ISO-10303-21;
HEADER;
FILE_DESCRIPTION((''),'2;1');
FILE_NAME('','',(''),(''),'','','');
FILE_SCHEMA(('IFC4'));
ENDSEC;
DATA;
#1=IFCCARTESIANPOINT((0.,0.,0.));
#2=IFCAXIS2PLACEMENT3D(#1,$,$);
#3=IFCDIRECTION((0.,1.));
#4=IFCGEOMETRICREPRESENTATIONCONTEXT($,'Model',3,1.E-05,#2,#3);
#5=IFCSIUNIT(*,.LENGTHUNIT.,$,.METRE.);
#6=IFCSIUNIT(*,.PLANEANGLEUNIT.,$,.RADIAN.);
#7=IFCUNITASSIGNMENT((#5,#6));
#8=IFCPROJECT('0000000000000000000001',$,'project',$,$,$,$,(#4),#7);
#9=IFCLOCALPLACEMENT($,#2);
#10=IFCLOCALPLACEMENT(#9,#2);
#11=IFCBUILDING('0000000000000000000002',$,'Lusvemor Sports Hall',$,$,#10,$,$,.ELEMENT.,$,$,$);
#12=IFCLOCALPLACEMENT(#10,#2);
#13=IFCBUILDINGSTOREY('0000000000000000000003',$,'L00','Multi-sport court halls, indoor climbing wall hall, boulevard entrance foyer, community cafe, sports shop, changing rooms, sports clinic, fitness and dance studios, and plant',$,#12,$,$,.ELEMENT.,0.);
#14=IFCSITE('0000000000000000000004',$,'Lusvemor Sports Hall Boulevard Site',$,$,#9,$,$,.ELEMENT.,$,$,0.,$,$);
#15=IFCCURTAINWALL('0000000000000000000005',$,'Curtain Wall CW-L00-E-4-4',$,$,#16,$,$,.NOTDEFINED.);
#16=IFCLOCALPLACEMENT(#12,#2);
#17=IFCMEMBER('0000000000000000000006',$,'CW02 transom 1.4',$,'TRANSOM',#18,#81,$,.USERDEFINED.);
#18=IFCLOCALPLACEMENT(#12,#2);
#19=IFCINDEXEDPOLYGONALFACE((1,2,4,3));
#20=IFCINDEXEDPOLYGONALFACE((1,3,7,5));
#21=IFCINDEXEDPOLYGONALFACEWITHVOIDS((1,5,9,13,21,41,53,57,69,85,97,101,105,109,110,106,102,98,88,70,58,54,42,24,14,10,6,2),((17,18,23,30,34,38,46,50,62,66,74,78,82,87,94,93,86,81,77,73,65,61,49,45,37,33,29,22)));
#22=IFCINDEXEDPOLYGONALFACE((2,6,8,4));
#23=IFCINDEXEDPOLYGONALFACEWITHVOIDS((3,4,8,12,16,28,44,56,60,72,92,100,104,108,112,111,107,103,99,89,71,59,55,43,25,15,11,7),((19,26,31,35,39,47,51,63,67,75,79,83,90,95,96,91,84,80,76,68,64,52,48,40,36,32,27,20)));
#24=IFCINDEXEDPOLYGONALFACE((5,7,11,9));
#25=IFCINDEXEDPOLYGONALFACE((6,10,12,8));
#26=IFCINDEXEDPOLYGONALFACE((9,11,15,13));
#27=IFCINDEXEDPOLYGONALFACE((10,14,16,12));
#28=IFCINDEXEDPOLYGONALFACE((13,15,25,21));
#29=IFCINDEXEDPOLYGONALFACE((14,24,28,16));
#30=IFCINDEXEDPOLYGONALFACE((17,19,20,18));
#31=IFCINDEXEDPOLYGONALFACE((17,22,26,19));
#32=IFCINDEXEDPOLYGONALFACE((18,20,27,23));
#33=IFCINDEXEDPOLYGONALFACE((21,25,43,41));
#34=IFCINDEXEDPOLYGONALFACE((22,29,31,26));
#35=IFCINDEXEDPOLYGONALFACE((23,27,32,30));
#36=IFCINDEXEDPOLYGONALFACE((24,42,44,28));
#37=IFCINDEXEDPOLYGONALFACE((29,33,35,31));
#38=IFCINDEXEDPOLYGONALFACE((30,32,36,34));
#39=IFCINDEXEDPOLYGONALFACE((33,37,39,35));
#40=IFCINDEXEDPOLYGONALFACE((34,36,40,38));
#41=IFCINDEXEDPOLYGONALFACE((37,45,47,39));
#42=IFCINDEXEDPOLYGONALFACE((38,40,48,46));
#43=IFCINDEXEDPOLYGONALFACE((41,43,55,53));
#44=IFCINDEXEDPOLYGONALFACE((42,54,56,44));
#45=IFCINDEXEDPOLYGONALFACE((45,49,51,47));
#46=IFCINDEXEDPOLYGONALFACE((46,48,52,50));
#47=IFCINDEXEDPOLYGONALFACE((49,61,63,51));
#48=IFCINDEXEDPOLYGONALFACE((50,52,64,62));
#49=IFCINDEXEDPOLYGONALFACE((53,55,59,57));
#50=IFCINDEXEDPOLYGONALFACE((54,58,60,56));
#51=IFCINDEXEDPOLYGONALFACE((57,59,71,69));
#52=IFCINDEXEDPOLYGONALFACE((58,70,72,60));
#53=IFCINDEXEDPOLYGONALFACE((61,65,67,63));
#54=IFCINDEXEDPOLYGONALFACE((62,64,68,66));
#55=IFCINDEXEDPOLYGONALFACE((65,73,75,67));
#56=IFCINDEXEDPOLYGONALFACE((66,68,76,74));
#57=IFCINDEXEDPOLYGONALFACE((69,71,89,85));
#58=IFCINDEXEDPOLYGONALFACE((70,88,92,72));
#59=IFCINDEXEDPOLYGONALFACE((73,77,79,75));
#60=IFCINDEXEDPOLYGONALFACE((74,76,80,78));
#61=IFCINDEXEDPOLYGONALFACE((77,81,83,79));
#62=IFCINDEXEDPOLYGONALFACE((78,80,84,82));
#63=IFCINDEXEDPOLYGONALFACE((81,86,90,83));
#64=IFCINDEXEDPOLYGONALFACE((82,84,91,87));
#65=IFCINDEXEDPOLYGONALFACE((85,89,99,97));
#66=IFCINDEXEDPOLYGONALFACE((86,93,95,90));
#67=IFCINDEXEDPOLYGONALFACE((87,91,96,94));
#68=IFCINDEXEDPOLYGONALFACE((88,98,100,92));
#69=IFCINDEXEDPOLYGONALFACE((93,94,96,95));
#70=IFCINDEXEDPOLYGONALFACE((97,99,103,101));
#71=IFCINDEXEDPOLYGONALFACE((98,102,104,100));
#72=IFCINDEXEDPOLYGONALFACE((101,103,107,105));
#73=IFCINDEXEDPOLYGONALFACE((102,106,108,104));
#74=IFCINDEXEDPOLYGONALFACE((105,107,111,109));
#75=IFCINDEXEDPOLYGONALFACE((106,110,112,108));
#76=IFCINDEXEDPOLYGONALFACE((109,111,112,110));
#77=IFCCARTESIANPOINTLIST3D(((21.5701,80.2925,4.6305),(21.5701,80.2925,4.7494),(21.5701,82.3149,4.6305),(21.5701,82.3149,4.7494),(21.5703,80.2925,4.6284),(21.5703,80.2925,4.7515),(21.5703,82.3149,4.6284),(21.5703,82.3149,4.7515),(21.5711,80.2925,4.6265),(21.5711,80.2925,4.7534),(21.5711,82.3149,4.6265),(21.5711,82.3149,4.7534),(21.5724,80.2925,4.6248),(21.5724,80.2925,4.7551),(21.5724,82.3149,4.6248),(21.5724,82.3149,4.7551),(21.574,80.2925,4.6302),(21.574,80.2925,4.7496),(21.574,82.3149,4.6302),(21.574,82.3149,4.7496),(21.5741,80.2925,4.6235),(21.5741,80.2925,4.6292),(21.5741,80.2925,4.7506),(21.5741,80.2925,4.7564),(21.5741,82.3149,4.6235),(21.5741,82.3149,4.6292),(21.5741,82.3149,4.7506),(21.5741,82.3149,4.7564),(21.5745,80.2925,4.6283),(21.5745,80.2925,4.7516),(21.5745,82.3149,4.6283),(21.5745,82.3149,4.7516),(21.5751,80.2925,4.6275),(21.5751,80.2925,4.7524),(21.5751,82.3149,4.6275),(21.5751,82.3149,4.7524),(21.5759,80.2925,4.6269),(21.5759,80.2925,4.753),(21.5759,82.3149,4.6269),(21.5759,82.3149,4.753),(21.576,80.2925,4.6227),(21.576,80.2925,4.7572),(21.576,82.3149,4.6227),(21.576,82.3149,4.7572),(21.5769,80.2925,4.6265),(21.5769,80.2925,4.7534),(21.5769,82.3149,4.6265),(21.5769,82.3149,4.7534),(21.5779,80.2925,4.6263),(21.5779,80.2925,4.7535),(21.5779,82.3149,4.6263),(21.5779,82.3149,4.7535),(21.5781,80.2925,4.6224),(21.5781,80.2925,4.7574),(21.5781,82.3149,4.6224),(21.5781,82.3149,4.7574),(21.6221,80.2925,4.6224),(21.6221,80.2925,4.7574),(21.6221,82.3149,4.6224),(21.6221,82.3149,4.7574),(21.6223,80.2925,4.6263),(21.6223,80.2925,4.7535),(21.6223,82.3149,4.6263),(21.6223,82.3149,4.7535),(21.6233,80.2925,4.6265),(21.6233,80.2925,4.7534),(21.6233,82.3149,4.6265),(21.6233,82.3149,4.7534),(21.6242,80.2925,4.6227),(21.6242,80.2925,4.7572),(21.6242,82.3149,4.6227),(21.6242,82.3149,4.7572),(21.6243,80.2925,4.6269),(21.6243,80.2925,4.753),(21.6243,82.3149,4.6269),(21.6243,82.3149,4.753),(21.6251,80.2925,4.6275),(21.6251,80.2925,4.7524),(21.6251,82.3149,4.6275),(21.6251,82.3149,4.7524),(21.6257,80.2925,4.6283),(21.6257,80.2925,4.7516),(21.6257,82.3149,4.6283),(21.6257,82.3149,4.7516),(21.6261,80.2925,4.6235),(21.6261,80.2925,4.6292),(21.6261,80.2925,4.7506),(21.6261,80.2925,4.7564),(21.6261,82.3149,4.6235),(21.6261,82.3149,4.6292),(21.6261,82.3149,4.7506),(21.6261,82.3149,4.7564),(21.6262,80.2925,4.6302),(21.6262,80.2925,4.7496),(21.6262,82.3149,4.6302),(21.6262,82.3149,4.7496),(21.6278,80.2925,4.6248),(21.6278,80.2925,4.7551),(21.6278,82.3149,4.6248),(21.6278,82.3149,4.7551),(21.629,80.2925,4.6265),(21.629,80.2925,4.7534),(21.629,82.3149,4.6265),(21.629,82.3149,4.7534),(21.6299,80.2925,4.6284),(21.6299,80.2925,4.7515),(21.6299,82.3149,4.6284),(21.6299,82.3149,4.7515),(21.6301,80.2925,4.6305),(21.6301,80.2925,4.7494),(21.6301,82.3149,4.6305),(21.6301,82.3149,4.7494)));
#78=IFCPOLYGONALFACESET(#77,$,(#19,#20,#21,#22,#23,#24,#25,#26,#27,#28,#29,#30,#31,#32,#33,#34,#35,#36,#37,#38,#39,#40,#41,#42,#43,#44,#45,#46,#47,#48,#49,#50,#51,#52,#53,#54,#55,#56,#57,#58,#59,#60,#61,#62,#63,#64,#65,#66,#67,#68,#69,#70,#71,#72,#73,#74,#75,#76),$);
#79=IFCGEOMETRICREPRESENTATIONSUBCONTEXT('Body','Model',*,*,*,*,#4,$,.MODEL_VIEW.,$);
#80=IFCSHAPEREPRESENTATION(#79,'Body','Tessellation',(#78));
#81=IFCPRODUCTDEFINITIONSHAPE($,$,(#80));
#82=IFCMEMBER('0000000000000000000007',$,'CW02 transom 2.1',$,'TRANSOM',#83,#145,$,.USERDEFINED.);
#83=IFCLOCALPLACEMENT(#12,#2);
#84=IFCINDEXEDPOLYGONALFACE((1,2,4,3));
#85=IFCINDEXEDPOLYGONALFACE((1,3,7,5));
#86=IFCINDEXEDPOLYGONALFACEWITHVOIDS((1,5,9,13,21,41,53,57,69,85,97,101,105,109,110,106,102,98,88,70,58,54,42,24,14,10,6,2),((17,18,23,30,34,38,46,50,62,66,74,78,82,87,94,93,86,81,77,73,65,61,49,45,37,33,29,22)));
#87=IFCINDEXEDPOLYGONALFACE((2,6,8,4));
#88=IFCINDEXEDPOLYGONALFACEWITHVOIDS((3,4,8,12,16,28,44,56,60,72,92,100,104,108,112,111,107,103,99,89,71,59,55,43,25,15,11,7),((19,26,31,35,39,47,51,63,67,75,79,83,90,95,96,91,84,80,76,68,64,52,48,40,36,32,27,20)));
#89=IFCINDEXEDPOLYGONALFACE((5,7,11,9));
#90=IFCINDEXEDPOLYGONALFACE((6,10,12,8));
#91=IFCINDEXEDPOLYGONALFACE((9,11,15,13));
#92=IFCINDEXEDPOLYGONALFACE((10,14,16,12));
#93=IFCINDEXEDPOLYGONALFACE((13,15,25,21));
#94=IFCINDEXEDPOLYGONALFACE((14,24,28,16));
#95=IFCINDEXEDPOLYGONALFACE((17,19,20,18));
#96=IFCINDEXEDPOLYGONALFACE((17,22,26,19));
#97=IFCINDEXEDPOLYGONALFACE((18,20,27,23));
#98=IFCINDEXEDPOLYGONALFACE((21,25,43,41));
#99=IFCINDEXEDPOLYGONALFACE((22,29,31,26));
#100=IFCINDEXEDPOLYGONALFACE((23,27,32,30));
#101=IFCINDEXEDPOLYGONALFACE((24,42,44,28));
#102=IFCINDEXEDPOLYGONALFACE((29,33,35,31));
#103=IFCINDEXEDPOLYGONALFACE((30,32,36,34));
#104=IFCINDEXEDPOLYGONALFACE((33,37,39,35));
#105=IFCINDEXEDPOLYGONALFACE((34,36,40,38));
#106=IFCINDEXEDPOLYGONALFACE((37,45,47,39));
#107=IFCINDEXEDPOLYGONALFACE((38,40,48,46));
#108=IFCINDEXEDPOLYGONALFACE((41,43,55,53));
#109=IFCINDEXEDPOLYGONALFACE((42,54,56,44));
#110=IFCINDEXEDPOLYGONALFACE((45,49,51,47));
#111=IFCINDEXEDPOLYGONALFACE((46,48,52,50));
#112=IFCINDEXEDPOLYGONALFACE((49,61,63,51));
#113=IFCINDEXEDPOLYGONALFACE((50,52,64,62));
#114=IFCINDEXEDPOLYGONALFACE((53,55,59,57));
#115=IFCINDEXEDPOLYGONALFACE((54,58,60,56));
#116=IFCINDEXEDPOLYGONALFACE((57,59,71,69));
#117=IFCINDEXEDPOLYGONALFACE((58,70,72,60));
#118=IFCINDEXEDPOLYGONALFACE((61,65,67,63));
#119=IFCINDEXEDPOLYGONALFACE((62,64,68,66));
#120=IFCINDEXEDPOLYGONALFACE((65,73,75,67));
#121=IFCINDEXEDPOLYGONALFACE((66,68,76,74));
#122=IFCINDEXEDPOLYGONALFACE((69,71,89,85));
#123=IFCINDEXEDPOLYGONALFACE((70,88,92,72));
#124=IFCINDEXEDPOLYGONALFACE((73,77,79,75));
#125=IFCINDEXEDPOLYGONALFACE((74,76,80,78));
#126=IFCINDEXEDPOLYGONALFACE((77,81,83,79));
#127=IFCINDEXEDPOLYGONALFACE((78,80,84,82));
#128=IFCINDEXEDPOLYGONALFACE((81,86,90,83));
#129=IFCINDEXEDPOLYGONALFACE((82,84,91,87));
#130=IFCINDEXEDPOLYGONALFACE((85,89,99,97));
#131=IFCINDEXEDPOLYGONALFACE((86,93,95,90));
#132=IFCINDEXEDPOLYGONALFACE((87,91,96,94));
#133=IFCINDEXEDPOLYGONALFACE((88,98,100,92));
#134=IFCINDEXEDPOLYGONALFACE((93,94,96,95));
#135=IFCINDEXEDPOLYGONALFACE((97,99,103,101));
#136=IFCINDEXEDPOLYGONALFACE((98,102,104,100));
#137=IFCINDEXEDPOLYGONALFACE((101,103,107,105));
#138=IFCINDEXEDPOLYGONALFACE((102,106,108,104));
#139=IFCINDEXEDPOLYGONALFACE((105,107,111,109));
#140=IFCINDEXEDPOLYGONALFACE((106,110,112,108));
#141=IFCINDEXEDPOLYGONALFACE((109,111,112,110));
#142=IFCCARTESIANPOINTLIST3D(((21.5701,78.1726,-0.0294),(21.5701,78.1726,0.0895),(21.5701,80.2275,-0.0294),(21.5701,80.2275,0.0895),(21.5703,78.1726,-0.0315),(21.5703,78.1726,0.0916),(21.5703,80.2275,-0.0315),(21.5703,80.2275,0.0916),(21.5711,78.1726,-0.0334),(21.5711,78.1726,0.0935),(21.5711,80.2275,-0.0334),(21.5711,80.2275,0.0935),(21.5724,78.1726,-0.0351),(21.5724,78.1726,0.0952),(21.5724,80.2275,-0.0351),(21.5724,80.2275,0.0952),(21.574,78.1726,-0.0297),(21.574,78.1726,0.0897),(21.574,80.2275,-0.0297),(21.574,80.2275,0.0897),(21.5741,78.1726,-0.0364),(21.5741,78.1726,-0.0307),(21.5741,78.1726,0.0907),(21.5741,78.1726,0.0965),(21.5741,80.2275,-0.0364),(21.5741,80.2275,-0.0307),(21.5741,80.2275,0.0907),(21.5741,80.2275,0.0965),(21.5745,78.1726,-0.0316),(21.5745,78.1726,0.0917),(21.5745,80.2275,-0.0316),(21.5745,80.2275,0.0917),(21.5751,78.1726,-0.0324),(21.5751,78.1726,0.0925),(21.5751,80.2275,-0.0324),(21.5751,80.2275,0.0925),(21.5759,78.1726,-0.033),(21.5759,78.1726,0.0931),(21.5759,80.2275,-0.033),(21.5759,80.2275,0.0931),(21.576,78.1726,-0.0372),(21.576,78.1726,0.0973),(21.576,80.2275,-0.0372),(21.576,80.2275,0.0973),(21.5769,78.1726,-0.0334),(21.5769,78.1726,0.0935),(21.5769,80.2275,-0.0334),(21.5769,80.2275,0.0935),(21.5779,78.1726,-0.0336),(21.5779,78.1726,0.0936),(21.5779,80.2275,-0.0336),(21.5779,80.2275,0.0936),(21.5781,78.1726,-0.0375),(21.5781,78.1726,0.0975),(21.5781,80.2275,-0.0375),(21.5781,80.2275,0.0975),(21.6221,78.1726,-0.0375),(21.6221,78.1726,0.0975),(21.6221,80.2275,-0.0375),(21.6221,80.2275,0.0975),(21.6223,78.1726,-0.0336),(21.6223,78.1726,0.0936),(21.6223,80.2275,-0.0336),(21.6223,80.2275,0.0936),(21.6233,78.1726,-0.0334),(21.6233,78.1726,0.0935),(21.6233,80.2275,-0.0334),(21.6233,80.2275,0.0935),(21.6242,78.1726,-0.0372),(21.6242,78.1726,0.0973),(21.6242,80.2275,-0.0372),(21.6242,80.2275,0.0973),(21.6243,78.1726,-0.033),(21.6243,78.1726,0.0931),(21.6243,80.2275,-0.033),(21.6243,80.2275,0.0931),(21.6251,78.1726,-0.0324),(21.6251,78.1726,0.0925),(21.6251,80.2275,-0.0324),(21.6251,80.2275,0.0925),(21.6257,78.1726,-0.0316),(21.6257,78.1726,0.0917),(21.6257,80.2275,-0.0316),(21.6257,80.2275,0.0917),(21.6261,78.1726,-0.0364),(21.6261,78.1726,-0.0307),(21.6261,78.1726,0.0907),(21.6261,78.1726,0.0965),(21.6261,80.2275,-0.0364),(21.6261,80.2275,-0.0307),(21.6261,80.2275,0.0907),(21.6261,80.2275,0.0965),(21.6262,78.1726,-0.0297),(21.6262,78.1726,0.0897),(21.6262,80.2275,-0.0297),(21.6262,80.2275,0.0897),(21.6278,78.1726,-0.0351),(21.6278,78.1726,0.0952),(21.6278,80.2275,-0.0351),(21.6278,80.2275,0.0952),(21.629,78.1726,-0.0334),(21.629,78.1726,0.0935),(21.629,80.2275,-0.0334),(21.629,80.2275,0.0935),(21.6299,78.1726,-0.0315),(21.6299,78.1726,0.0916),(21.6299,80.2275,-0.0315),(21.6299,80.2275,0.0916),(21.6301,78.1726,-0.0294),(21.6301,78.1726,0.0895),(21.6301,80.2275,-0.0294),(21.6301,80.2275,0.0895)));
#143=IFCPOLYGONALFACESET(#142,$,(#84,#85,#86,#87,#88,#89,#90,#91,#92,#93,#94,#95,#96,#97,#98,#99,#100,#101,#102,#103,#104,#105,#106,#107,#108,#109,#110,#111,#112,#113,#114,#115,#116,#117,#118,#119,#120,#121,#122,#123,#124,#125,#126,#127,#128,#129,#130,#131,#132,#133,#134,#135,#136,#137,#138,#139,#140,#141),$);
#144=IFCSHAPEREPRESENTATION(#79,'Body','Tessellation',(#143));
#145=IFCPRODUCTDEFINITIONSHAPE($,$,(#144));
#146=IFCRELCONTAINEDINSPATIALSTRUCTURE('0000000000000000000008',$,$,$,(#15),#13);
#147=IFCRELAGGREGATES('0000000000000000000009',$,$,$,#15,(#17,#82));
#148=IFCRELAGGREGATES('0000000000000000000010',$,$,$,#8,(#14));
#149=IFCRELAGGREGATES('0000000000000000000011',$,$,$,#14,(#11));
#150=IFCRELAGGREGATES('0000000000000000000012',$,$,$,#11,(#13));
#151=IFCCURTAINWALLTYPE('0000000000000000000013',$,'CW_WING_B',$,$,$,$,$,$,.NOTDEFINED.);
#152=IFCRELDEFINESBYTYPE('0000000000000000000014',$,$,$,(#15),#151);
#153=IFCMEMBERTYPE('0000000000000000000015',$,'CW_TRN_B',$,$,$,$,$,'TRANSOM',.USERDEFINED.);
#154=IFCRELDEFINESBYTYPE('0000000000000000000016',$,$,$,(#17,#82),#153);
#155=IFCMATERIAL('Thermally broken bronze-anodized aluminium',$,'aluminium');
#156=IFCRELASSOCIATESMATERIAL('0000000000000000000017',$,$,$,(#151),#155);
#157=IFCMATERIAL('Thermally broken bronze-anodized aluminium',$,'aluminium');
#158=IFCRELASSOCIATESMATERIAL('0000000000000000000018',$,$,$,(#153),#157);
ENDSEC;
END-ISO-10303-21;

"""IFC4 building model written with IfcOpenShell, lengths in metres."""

from ifc_helpers import new_model, si_unit, direction, frame, origin, origin_2d, place, context, subcontext, project, spatial, hollow_rectangle, extrude, material, material_profile, profile_set, type_object, element, aggregate, save


model = new_model("IFC4")

# Units and contexts
model_context = context("Model", 3, precision=1e-05, world=origin(), true_north=direction((0.0, 1.0)))
body_context = subcontext(model_context, "Body", "Model", "MODEL_VIEW")
ifc_project = project(units=[si_unit("LENGTHUNIT", "METRE"), si_unit("PLANEANGLEUNIT", "RADIAN")], contexts=[model_context])

# Site, building, storey
site_placement = place(None, origin())
site = spatial("IfcSite", under=ifc_project, at=site_placement, Name="Lusvemor Sports Hall Boulevard Site", CompositionType="ELEMENT", RefElevation=0.0)
building_placement = place(site_placement, origin())
building = spatial("IfcBuilding", under=site, at=building_placement, Name="Lusvemor Sports Hall", CompositionType="ELEMENT")
storey_placement = place(building_placement, origin())
storey = spatial("IfcBuildingStorey", under=building, at=storey_placement, Name="L00", Description="Multi-sport court halls, indoor climbing wall hall, boulevard entrance foyer, community cafe, sports shop, changing rooms, sports clinic, fitness and dance studios, and plant", CompositionType="ELEMENT", Elevation=0.0)

# Curtain wall, members
ifc_material_1 = material(Name="Thermally broken bronze-anodized aluminium", Category="aluminium")
curtain_wall_type = type_object("IfcCurtainWallType", Name="CW_WING_B", PredefinedType="NOTDEFINED", material=ifc_material_1)
curtain_wall_placement = place(storey_placement, origin())
curtain_wall = element("IfcCurtainWall", 1, at=curtain_wall_placement, inside=storey, type_object=curtain_wall_type, Name="Curtain Wall CW-L00-E-4-4", PredefinedType="NOTDEFINED")
ifc_material_2 = material(Name="Thermally broken bronze-anodized aluminium", Category="aluminium")
ifc_material_profile_1 = material_profile(ifc_material_2, hollow_rectangle(XDim=0.0601, YDim=0.135, WallThickness=0.0039, InnerFilletRadius=0.0039, OuterFilletRadius=0.0081, at=origin_2d()), Name="CWTRN135x60x4")
ifc_profile_set_1 = profile_set([ifc_material_profile_1], Name="Thermally broken bronze-anodized aluminium")
member_type_1 = type_object("IfcMemberType", Name="CW_TRN_B", ElementType="TRANSOM", PredefinedType="USERDEFINED", material=ifc_profile_set_1)
member_1_placement = place(storey_placement, frame((21.6001, 82.3149, 4.6899), z_axis=(0.0, -1.0, 0.0), x_axis=(1.0, 0.0, 0.0)))
member_1 = element("IfcMember", 2, at=member_1_placement, type_object=member_type_1, Name="CW02 transom 1.4", ObjectType="TRANSOM", PredefinedType="USERDEFINED", context=body_context, shape_type="SweptSolid", body=[
    extrude(hollow_rectangle(XDim=0.0601, YDim=0.135, WallThickness=0.0039, InnerFilletRadius=0.0039, OuterFilletRadius=0.0081, at=origin_2d()), origin(), (0.0, 0.0, 1.0), 2.0225),
])
member_2_placement = place(storey_placement, frame((21.6001, 80.2275, 0.03), z_axis=(0.0, -1.0, 0.0), x_axis=(1.0, 0.0, 0.0)))
member_2 = element("IfcMember", 3, at=member_2_placement, type_object=member_type_1, Name="CW02 transom 2.1", ObjectType="TRANSOM", PredefinedType="USERDEFINED", context=body_context, shape_type="SweptSolid", body=[
    extrude(hollow_rectangle(XDim=0.0601, YDim=0.135, WallThickness=0.0039, InnerFilletRadius=0.0039, OuterFilletRadius=0.0081, at=origin_2d()), origin(), (0.0, 0.0, 1.0), 2.0549),
])
aggregate(curtain_wall, [member_1, member_2])

save(model, "model.ifc")
